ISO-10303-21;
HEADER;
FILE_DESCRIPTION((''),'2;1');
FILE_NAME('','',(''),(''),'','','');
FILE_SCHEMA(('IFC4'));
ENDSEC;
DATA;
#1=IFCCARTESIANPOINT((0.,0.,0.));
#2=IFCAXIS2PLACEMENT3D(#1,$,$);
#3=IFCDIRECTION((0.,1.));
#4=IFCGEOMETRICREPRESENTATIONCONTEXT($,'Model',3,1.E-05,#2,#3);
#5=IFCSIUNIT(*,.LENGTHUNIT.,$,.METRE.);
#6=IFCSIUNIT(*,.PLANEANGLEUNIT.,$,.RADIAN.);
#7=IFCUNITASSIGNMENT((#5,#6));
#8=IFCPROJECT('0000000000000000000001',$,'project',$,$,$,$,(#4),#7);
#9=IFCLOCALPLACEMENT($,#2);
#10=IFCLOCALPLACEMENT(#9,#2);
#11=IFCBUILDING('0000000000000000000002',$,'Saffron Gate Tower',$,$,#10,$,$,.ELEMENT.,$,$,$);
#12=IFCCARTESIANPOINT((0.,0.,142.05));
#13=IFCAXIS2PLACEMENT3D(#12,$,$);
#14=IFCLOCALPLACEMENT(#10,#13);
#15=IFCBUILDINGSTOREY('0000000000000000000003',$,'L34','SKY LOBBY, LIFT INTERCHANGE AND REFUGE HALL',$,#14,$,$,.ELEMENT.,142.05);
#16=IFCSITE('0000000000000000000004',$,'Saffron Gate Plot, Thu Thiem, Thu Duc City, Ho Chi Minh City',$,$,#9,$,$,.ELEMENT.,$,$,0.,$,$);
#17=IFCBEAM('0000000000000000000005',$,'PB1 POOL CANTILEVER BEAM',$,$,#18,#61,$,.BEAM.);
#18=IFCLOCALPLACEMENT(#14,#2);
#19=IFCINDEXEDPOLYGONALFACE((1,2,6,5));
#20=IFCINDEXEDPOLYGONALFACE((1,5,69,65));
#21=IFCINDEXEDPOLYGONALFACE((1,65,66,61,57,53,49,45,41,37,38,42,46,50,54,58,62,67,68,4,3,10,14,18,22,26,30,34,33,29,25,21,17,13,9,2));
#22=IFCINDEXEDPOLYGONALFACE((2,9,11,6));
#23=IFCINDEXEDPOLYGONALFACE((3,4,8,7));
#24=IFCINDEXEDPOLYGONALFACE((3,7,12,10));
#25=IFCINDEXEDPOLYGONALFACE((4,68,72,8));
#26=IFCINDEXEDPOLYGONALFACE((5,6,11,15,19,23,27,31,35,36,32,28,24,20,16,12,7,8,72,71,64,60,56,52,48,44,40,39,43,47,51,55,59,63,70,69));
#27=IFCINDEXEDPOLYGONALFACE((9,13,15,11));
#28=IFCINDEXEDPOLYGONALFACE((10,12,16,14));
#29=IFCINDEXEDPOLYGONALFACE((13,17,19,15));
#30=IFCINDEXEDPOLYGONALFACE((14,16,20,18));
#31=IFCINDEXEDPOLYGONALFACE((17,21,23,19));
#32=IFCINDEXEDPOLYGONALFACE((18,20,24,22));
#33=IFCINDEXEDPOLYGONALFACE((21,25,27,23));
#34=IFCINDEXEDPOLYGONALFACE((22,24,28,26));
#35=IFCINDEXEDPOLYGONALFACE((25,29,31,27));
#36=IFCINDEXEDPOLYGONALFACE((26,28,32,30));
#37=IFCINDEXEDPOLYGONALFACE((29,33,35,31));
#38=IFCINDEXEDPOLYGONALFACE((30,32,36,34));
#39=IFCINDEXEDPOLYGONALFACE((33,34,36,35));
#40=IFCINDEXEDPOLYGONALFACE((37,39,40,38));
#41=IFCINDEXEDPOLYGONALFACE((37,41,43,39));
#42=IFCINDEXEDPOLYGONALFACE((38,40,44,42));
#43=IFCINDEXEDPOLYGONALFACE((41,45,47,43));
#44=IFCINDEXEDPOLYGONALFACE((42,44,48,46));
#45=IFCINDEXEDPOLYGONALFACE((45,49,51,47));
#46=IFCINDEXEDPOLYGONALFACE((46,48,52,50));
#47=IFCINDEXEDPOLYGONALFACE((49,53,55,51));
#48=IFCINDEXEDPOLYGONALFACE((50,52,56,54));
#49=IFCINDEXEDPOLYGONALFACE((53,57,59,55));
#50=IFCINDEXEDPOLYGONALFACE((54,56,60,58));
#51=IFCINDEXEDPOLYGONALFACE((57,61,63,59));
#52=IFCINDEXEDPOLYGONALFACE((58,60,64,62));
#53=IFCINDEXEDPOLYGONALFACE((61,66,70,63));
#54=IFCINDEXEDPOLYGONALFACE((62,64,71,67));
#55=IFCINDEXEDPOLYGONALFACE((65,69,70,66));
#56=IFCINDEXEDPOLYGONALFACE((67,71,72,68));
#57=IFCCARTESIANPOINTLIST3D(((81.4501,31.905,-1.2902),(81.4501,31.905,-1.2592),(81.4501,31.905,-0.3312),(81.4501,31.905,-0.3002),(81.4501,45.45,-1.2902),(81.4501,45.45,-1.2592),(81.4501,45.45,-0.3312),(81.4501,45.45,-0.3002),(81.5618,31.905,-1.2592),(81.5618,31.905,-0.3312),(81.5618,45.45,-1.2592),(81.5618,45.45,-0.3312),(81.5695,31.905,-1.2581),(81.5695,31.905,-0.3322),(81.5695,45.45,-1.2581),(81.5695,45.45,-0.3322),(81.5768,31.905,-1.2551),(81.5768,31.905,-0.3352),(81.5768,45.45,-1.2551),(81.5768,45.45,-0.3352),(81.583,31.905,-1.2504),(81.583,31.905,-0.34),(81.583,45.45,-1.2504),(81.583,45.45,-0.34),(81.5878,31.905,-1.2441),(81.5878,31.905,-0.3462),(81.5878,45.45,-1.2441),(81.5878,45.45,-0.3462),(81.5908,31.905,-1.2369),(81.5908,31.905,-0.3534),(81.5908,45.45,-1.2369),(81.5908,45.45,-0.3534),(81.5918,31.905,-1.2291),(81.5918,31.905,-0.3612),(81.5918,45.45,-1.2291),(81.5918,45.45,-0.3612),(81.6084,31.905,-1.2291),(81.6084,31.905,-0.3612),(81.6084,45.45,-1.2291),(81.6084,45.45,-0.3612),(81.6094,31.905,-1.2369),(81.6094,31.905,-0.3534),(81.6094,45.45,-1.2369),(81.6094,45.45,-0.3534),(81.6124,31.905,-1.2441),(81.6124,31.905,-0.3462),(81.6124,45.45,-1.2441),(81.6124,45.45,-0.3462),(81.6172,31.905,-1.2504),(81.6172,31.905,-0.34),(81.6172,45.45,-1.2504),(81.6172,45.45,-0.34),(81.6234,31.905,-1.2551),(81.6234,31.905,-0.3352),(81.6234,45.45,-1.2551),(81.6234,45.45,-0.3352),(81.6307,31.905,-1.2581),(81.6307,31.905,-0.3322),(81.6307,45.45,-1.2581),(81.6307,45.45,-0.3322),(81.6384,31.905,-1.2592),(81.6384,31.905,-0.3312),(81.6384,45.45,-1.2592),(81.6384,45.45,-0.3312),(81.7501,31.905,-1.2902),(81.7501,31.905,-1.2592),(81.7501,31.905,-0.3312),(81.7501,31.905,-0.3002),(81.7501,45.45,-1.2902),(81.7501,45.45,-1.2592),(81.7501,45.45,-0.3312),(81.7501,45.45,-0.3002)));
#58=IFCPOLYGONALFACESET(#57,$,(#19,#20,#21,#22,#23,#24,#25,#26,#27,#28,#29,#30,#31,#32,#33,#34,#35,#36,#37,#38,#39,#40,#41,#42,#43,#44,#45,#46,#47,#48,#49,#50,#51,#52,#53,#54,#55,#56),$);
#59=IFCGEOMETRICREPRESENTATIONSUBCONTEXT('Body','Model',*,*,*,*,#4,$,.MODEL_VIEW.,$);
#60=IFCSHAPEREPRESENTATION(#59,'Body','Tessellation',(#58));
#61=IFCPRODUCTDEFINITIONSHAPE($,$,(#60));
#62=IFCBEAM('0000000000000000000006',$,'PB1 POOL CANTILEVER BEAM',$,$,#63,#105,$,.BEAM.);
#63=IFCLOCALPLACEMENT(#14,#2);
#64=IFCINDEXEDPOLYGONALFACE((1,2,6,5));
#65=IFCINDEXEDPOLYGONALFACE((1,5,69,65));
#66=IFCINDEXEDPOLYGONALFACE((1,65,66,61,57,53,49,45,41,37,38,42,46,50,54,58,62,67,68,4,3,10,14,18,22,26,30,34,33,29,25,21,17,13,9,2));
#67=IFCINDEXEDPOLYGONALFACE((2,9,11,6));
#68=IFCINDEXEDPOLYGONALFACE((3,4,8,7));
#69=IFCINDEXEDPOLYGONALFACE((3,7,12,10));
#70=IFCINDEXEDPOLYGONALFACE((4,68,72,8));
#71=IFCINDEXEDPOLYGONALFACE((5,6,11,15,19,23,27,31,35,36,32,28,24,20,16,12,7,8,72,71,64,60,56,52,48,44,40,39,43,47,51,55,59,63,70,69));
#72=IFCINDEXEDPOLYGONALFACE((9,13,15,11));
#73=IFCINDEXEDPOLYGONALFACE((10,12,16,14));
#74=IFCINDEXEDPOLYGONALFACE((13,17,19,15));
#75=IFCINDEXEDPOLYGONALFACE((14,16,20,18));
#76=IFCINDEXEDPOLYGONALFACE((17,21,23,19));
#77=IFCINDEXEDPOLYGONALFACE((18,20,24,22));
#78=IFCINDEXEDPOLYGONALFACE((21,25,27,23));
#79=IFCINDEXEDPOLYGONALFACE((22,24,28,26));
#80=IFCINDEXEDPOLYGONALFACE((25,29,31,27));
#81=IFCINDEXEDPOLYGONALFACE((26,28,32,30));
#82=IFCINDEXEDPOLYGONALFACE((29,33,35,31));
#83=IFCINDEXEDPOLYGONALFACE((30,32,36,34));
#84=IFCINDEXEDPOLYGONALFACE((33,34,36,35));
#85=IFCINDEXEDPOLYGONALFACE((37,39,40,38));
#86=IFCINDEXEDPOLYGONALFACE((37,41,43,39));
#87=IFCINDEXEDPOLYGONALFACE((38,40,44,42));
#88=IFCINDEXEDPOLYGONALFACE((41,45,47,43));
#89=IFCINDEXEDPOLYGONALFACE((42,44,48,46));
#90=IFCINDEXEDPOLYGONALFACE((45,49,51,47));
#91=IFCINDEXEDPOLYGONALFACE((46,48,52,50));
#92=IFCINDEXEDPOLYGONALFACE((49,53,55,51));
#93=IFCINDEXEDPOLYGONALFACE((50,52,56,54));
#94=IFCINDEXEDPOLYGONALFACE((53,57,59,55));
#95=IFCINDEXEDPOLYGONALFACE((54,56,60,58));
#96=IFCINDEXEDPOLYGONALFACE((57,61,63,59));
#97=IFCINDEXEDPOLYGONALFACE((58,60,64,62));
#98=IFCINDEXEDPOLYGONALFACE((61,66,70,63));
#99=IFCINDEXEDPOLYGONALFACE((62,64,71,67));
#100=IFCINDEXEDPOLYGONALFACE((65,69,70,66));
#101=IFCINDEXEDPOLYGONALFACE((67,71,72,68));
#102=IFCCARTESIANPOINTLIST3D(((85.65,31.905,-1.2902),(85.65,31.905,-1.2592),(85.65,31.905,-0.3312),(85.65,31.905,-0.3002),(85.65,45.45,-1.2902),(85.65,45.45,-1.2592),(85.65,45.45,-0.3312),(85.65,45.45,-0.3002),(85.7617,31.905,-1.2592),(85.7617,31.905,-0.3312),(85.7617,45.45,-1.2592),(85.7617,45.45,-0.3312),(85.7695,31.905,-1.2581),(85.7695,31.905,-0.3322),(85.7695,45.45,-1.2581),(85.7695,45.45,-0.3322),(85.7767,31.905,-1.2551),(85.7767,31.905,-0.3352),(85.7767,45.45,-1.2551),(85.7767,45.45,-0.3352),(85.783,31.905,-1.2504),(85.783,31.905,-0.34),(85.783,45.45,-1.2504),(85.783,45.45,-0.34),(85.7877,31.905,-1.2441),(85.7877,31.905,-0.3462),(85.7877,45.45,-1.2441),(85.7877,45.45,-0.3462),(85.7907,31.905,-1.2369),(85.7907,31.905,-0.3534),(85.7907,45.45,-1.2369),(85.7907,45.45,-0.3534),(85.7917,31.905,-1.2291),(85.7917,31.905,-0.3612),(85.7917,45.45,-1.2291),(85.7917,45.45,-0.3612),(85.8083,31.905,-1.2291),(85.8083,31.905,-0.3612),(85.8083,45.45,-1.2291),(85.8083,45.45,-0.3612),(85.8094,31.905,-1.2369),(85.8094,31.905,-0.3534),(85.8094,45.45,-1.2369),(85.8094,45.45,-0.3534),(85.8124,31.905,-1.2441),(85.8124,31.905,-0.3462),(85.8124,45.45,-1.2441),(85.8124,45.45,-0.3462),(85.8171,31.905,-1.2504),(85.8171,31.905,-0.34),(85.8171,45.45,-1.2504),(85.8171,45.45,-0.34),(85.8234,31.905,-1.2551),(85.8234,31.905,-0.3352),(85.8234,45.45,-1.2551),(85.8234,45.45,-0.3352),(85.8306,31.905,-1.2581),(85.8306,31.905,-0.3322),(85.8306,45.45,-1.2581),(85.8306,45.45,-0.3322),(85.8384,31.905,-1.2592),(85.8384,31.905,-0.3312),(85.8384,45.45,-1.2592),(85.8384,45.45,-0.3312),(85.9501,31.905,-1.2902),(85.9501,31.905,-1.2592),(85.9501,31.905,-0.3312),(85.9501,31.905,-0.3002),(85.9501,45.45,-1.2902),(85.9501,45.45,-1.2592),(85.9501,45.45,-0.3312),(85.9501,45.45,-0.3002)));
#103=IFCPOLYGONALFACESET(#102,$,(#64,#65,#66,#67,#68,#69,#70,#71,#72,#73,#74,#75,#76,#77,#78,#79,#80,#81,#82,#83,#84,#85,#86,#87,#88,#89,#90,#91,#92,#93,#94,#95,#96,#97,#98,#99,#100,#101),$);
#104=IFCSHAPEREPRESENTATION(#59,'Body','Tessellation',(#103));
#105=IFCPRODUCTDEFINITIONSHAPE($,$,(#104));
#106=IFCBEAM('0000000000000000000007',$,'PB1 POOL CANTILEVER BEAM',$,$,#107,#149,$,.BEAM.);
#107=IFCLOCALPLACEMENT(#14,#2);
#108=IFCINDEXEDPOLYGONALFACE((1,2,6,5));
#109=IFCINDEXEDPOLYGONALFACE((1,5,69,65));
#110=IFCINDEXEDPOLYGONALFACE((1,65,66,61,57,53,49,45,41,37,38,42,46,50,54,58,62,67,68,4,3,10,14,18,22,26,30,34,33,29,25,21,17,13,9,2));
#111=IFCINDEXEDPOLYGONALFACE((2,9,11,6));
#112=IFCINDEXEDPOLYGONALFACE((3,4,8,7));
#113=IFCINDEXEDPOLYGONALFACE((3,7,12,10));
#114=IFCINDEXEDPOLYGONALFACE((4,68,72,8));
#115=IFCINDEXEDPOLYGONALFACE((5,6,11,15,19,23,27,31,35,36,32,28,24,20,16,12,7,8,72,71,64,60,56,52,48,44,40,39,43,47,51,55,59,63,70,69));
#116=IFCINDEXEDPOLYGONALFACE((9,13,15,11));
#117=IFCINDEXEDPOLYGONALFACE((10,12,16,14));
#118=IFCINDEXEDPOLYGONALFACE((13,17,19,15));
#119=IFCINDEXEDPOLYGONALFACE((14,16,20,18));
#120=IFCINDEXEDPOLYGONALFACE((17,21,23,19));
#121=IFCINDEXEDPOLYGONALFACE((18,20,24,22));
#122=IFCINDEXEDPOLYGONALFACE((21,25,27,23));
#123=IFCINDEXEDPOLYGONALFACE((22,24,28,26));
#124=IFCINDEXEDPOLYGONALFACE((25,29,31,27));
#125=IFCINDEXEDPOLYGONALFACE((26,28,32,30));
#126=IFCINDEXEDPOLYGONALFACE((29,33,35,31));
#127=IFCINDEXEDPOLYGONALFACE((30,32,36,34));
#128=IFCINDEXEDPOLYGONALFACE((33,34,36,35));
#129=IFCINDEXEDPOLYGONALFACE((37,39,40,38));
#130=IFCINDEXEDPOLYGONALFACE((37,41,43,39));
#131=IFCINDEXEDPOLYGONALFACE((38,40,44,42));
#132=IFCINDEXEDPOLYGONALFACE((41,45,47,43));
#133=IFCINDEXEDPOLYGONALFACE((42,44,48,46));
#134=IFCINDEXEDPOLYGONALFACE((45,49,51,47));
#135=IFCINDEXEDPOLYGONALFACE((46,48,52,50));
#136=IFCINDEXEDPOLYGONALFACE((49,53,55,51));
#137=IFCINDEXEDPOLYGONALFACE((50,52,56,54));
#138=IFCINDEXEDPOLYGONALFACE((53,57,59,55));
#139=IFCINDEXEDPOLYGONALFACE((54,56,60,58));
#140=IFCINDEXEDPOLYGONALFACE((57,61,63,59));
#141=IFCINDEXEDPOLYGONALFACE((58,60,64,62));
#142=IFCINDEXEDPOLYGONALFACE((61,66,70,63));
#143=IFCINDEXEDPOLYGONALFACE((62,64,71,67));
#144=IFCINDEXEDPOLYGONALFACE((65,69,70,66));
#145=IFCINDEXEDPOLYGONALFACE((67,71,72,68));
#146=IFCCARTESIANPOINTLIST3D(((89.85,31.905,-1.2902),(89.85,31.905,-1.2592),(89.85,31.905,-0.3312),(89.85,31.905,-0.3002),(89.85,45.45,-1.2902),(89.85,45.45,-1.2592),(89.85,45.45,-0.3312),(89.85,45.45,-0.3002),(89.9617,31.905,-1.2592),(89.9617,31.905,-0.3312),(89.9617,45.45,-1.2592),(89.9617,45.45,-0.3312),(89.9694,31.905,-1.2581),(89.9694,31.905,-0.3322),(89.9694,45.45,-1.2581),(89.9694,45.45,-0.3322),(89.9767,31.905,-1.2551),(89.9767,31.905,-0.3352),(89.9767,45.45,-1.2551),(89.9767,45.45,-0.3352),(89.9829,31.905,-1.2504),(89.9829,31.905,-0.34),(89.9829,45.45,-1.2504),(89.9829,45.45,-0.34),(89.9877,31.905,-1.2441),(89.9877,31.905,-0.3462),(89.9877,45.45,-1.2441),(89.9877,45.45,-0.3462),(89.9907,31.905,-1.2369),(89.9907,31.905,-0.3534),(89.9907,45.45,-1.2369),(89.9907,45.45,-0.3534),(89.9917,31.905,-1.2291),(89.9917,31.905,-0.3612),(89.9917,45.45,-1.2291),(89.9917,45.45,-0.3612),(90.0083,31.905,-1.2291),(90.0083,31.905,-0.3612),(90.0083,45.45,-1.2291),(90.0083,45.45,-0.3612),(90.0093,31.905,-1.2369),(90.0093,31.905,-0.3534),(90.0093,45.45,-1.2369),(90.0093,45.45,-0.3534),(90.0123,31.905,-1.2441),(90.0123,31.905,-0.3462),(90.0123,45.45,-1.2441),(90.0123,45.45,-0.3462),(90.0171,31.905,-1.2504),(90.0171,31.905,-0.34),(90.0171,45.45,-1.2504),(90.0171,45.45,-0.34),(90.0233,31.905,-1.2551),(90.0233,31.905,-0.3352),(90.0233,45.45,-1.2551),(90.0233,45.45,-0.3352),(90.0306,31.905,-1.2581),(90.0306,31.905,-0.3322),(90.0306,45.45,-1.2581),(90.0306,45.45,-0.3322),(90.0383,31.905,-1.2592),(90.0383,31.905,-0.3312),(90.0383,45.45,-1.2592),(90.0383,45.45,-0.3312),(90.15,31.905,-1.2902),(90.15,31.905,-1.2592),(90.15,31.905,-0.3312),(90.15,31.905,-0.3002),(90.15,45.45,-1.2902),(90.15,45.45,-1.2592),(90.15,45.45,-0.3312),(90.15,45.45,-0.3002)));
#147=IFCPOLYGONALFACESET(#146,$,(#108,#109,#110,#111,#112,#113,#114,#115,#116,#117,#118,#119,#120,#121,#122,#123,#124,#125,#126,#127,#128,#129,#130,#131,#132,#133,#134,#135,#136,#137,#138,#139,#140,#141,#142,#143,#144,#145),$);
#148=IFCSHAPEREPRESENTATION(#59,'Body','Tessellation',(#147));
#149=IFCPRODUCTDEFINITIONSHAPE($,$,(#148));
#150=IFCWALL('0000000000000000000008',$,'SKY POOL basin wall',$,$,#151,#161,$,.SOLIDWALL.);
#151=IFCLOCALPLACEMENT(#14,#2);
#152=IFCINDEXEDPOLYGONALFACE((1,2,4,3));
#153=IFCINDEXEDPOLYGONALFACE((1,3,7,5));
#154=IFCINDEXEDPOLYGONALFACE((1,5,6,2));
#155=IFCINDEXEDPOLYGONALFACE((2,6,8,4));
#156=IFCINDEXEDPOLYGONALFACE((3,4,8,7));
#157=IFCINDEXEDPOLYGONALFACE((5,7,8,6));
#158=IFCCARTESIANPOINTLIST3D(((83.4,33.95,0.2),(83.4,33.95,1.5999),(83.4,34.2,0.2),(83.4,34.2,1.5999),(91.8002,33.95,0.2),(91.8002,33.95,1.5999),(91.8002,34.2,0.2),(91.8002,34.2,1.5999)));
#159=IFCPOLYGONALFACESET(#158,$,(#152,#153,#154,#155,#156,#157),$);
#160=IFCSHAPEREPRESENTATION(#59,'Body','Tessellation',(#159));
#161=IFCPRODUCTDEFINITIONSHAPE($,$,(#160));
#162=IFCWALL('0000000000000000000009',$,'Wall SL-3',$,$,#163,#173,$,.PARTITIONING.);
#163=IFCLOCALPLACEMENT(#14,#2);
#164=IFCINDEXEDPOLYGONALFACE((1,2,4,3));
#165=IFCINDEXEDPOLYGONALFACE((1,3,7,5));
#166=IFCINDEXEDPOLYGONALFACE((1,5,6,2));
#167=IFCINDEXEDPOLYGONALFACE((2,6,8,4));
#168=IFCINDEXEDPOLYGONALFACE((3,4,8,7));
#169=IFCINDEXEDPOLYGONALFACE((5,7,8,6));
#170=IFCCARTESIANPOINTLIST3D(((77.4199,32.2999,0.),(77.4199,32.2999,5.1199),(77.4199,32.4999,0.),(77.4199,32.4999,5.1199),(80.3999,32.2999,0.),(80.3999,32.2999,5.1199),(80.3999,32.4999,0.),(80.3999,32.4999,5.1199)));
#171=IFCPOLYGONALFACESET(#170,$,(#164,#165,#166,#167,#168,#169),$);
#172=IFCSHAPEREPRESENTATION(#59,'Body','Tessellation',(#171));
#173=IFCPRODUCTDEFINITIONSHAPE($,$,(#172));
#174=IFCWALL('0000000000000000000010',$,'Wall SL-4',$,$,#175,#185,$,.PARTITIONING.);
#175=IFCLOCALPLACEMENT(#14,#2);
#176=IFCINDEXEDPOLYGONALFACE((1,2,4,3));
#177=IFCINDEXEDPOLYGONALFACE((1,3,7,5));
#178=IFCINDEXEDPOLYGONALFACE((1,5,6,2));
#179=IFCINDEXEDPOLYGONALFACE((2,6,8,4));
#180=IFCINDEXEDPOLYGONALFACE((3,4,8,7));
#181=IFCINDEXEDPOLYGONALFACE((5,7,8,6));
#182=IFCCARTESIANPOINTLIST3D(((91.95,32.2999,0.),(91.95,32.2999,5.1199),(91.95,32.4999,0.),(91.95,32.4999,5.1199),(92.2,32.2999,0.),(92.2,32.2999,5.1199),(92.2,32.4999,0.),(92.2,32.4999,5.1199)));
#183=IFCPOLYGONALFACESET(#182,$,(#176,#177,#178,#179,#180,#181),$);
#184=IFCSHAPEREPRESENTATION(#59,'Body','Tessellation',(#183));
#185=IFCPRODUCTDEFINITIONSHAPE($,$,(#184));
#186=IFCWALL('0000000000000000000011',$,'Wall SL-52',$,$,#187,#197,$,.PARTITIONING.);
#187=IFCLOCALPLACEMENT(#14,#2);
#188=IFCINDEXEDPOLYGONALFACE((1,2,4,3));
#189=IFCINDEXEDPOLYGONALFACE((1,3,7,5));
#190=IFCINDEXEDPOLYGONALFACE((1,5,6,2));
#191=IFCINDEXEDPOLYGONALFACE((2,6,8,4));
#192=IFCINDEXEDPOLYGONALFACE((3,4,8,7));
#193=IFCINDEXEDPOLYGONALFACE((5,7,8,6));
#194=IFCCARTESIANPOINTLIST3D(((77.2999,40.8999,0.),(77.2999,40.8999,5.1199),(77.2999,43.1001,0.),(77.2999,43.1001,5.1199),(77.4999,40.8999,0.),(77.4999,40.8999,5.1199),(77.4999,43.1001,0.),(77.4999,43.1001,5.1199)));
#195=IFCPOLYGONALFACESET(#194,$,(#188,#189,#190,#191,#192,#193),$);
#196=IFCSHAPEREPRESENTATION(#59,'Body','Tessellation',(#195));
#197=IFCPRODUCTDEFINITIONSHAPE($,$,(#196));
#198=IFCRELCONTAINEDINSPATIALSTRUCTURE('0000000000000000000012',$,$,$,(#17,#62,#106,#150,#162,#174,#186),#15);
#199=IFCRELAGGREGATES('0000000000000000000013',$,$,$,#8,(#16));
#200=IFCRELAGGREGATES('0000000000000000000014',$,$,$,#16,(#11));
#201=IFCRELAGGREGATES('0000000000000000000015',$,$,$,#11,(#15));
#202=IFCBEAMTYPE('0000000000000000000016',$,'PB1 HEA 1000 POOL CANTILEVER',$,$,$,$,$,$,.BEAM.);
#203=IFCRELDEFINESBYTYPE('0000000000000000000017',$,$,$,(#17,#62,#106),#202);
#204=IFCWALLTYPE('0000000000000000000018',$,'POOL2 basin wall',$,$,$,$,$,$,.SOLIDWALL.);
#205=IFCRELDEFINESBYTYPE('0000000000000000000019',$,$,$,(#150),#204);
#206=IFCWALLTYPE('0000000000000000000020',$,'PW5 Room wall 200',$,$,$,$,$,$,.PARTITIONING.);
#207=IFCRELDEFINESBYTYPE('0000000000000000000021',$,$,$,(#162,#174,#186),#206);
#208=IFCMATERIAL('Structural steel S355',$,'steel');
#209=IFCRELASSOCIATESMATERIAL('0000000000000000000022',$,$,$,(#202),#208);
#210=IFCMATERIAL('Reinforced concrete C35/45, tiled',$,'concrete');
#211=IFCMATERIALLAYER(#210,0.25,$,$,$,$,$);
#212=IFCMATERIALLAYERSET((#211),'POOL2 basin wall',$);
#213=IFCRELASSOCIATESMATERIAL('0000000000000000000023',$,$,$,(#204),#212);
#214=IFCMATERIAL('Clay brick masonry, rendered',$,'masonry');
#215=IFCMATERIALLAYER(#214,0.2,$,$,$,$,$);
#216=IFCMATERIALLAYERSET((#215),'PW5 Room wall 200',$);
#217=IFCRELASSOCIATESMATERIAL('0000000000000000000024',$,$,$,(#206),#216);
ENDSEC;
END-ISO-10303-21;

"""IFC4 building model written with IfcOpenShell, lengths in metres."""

from ifc_helpers import new_model, si_unit, direction, frame, frame_2d, origin, origin_2d, place, context, subcontext, project, spatial, rectangle, i_section, extrude, material, layer, layer_set, material_profile, profile_set, type_object, element, save


model = new_model("IFC4")

# Units and contexts
model_context = context("Model", 3, precision=1e-05, world=origin(), true_north=direction((0.0, 1.0)))
body_context = subcontext(model_context, "Body", "Model", "MODEL_VIEW")
ifc_project = project(units=[si_unit("LENGTHUNIT", "METRE"), si_unit("PLANEANGLEUNIT", "RADIAN")], contexts=[model_context])

# Site, building, storey
site_placement = place(None, origin())
site = spatial("IfcSite", under=ifc_project, at=site_placement, Name="Saffron Gate Plot, Thu Thiem, Thu Duc City, Ho Chi Minh City", CompositionType="ELEMENT", RefElevation=0.0)
building_placement = place(site_placement, origin())
building = spatial("IfcBuilding", under=site, at=building_placement, Name="Saffron Gate Tower", CompositionType="ELEMENT")
storey_placement = place(building_placement, frame((0.0, 0.0, 142.05)))
storey = spatial("IfcBuildingStorey", under=building, at=storey_placement, Name="L34", Description="SKY LOBBY, LIFT INTERCHANGE AND REFUGE HALL", CompositionType="ELEMENT", Elevation=142.05)

# Shared definitions
ifc_material_1 = material(Name="Structural steel S355", Category="steel")

# Beams
ifc_material_profile_1 = material_profile(ifc_material_1, i_section(OverallWidth=0.3, OverallDepth=0.99, WebThickness=0.0166, FlangeThickness=0.031, FilletRadius=0.03, at=origin_2d()))
ifc_profile_set_1 = profile_set([ifc_material_profile_1], Name="Structural steel S355")
beam_type_1 = type_object("IfcBeamType", Name="PB1 HEA 1000 POOL CANTILEVER", PredefinedType="BEAM", material=ifc_profile_set_1)
for number, where, z_axis, x_axis, name in (
    (1, (81.6001, 31.905, -0.7952), (0.0, 1.0, 0.0), (-1.0, 0.0, 0.0), "PB1 POOL CANTILEVER BEAM"),
    (2, (85.8, 31.905, -0.7952), (0.0, 1.0, 0.0), (-1.0, 0.0, 0.0), "PB1 POOL CANTILEVER BEAM"),
    (3, (90.0, 31.905, -0.7952), (0.0, 1.0, 0.0), (-1.0, 0.0, 0.0), "PB1 POOL CANTILEVER BEAM"),
):
    element("IfcBeam", number, at=place(storey_placement, frame(where, z_axis=z_axis, x_axis=x_axis)), inside=storey, type_object=beam_type_1, Name=name, PredefinedType="BEAM", context=body_context, shape_type="SweptSolid", body=[
        extrude(i_section(OverallWidth=0.3, OverallDepth=0.99, WebThickness=0.0166, FlangeThickness=0.031, FilletRadius=0.03, at=origin_2d()), origin(), (0.0, 0.0, 1.0), 13.5449),
    ])

# Walls
ifc_material_2 = material(Name="Reinforced concrete C35/45, tiled", Category="concrete")
ifc_layer_1 = layer(ifc_material_2, 0.25)
ifc_layer_set_1 = layer_set([ifc_layer_1], Name="POOL2 basin wall")
wall_type_1 = type_object("IfcWallType", Name="POOL2 basin wall", PredefinedType="SOLIDWALL", material=ifc_layer_set_1)
wall_1_placement = place(storey_placement, frame((83.3999, 34.075, 0.2), z_axis=(0.0, 0.0, 1.0), x_axis=(1.0, 0.0, 0.0)))
element("IfcWall", 4, at=wall_1_placement, inside=storey, type_object=wall_type_1, Name="SKY POOL basin wall", PredefinedType="SOLIDWALL", context=body_context, shape_type="SweptSolid", body=[
    extrude(rectangle(XDim=8.4001, YDim=0.25, at=frame_2d((4.2002, 0.0))), origin(), (0.0, 0.0, 1.0), 1.3999),
])
ifc_material_3 = material(Name="Clay brick masonry, rendered", Category="masonry")
ifc_layer_2 = layer(ifc_material_3, 0.2)
ifc_layer_set_2 = layer_set([ifc_layer_2], Name="PW5 Room wall 200")
wall_type_2 = type_object("IfcWallType", Name="PW5 Room wall 200", PredefinedType="PARTITIONING", material=ifc_layer_set_2)
wall_2_placement = place(storey_placement, frame((77.4199, 32.3999, 0.0), z_axis=(0.0, 0.0, 1.0), x_axis=(1.0, 0.0, 0.0)))
element("IfcWall", 5, at=wall_2_placement, inside=storey, type_object=wall_type_2, Name="Wall SL-3", PredefinedType="PARTITIONING", context=body_context, shape_type="SweptSolid", body=[
    extrude(rectangle(XDim=2.98, YDim=0.2, at=frame_2d((1.49, 0.0))), origin(), (0.0, 0.0, 1.0), 5.1199),
])
wall_3_placement = place(storey_placement, frame((91.95, 32.3999, 0.0), z_axis=(0.0, 0.0, 1.0), x_axis=(1.0, 0.0, 0.0)))
element("IfcWall", 6, at=wall_3_placement, inside=storey, type_object=wall_type_2, Name="Wall SL-4", PredefinedType="PARTITIONING", context=body_context, shape_type="SweptSolid", body=[
    extrude(rectangle(XDim=0.25, YDim=0.2, at=frame_2d((0.125, 0.0))), origin(), (0.0, 0.0, 1.0), 5.1199),
])
wall_4_placement = place(storey_placement, frame((77.3999, 43.1001, 0.0), z_axis=(0.0, 0.0, 1.0), x_axis=(0.0, -1.0, 0.0)))
element("IfcWall", 7, at=wall_4_placement, inside=storey, type_object=wall_type_2, Name="Wall SL-52", PredefinedType="PARTITIONING", context=body_context, shape_type="SweptSolid", body=[
    extrude(rectangle(XDim=2.2002, YDim=0.2, at=frame_2d((1.1001, 0.0))), origin(), (0.0, 0.0, 1.0), 5.1199),
])

save(model, "model.ifc")
